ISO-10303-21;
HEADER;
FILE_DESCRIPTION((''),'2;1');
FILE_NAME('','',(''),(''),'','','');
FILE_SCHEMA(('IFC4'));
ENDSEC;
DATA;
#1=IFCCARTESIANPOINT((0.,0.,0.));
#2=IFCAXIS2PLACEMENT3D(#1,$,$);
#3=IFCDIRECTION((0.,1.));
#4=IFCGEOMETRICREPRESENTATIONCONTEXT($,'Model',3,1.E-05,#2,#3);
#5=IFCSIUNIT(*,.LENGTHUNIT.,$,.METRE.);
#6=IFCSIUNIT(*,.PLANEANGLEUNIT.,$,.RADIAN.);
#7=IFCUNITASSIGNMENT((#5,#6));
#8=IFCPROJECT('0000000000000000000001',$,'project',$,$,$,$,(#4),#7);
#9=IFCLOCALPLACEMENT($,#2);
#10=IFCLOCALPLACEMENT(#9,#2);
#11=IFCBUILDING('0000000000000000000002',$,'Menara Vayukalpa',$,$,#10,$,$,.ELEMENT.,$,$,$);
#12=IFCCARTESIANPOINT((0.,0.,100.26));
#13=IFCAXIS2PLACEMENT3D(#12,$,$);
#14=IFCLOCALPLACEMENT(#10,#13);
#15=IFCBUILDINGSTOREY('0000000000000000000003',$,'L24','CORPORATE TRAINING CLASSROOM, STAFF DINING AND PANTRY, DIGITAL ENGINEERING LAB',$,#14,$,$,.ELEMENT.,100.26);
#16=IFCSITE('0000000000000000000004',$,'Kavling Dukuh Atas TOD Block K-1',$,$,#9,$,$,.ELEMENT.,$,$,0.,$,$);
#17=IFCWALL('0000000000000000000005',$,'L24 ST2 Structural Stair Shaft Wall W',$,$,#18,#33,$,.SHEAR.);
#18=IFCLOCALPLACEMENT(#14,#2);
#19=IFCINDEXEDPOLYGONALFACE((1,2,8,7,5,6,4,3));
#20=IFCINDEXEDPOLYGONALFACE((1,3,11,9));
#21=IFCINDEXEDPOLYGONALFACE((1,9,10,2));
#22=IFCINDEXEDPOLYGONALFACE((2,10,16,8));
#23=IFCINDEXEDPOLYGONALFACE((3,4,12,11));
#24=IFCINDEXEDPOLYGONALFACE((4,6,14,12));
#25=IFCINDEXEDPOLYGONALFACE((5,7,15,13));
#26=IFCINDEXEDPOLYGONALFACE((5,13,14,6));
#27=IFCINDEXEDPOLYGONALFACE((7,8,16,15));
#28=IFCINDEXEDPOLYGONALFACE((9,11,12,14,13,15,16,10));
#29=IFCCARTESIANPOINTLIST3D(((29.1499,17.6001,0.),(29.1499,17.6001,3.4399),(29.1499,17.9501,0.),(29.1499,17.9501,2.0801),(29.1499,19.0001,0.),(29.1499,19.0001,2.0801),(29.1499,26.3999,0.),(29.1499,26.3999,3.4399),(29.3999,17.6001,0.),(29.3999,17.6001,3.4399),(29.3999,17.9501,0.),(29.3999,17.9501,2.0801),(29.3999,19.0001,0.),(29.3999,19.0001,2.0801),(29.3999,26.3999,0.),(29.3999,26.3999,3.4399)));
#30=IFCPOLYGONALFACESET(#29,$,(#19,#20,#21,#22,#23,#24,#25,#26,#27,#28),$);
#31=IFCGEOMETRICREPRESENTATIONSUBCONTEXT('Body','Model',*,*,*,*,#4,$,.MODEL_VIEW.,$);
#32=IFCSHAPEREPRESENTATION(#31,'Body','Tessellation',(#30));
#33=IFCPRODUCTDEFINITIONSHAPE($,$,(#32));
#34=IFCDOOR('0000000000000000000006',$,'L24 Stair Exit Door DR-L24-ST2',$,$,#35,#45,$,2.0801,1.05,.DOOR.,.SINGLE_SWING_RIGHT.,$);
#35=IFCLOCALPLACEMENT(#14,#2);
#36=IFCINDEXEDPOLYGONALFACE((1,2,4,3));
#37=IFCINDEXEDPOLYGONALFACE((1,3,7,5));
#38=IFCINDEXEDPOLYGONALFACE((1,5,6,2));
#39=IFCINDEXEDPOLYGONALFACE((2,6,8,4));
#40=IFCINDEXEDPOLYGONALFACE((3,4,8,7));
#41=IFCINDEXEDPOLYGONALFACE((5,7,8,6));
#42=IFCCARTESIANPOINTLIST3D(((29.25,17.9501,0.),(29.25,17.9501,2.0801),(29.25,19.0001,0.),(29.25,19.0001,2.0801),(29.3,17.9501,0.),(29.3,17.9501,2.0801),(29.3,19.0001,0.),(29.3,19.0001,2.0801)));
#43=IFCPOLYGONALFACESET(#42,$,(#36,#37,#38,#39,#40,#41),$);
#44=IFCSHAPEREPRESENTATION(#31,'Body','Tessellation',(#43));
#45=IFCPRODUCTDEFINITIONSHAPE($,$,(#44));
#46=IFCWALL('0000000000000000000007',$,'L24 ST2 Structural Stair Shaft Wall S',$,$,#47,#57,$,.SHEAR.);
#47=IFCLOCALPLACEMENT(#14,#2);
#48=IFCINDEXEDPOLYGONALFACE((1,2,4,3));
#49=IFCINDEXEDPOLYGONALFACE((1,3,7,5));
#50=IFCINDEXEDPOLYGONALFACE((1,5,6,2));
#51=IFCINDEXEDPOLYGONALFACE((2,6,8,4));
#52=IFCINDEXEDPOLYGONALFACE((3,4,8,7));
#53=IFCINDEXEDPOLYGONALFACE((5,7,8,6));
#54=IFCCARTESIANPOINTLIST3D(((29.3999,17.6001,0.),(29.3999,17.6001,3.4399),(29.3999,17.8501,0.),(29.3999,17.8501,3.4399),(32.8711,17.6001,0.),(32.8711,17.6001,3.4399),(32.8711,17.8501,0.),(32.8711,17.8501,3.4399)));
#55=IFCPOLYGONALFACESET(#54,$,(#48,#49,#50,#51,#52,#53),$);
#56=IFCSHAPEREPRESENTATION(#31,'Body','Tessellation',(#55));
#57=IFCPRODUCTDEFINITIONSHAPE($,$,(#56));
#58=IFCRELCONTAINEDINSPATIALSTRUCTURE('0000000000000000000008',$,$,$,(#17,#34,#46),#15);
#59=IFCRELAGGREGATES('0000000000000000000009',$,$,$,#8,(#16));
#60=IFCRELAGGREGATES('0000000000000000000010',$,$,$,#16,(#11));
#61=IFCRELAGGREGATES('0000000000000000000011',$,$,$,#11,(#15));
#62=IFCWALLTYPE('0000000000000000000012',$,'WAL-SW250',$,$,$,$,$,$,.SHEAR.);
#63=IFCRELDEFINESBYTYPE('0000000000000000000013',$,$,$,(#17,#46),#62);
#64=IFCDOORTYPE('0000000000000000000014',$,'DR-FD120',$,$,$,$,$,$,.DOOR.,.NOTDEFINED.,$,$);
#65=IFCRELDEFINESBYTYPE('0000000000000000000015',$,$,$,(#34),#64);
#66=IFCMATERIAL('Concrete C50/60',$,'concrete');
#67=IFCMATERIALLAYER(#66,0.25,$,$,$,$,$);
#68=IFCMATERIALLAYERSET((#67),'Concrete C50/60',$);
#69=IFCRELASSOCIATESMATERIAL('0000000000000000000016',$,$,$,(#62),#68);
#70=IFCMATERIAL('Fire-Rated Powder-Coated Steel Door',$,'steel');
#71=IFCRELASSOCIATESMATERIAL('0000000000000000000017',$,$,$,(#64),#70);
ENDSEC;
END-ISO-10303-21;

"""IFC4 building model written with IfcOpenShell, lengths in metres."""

from ifc_helpers import new_model, si_unit, direction, frame, frame_2d, origin, place, context, subcontext, project, spatial, rectangle, extrude, material, layer, layer_set, type_object, element, fill, save


model = new_model("IFC4")

# Units and contexts
model_context = context("Model", 3, precision=1e-05, world=origin(), true_north=direction((0.0, 1.0)))
body_context = subcontext(model_context, "Body", "Model", "MODEL_VIEW")
ifc_project = project(units=[si_unit("LENGTHUNIT", "METRE"), si_unit("PLANEANGLEUNIT", "RADIAN")], contexts=[model_context])

# Site, building, storey
site_placement = place(None, origin())
site = spatial("IfcSite", under=ifc_project, at=site_placement, Name="Kavling Dukuh Atas TOD Block K-1", CompositionType="ELEMENT", RefElevation=0.0)
building_placement = place(site_placement, origin())
building = spatial("IfcBuilding", under=site, at=building_placement, Name="Menara Vayukalpa", CompositionType="ELEMENT")
storey_placement = place(building_placement, frame((0.0, 0.0, 100.26)))
storey = spatial("IfcBuildingStorey", under=building, at=storey_placement, Name="L24", Description="CORPORATE TRAINING CLASSROOM, STAFF DINING AND PANTRY, DIGITAL ENGINEERING LAB", CompositionType="ELEMENT", Elevation=100.26)

# Wall, opening, door
ifc_material_1 = material(Name="Concrete C50/60", Category="concrete")
ifc_layer_1 = layer(ifc_material_1, 0.25)
ifc_layer_set_1 = layer_set([ifc_layer_1], Name="Concrete C50/60")
wall_type_1 = type_object("IfcWallType", Name="WAL-SW250", PredefinedType="SHEAR", material=ifc_layer_set_1)
wall_1_placement = place(storey_placement, frame((29.2749, 17.6001, 0.0), z_axis=(0.0, 0.0, 1.0), x_axis=(0.0, 1.0, 0.0)))
wall_1 = element("IfcWall", 1, at=wall_1_placement, inside=storey, type_object=wall_type_1, Name="L24 ST2 Structural Stair Shaft Wall W", PredefinedType="SHEAR", context=body_context, shape_type="SweptSolid", body=[
    extrude(rectangle(XDim=8.7998, YDim=0.25, at=frame_2d((4.3999, 0.0))), origin(), (0.0, 0.0, 1.0), 3.4399),
])
opening_1_placement = place(wall_1_placement, frame((0.3501, 0.0, 0.0)))
opening_1 = element("IfcOpeningElement", 2, at=opening_1_placement, cuts=wall_1, PredefinedType="OPENING", context=body_context, shape_type="SweptSolid", body=[
    extrude(rectangle(XDim=1.05, YDim=2.0801, at=frame_2d((0.5249, 1.04))), frame((0.0, 0.135, 0.0), z_axis=(0.0, -1.0, 0.0), x_axis=(1.0, 0.0, 0.0)), (0.0, 0.0, 1.0), 0.27),
])
ifc_material_2 = material(Name="Fire-Rated Powder-Coated Steel Door", Category="steel")
door_type_1 = type_object("IfcDoorType", Name="DR-FD120", OperationType="NOTDEFINED", PredefinedType="DOOR", material=ifc_material_2)
door_1_placement = place(opening_1_placement, origin())
door_1 = element("IfcDoor", 3, at=door_1_placement, inside=storey, type_object=door_type_1, Name="L24 Stair Exit Door DR-L24-ST2", OperationType="SINGLE_SWING_RIGHT", OverallHeight=2.0801, OverallWidth=1.05, PredefinedType="DOOR", context=body_context, shape_type="SweptSolid", body=[
    extrude(rectangle(XDim=1.05, YDim=2.0801, at=frame_2d((0.5249, 1.04))), frame((0.0, 0.0249, 0.0), z_axis=(0.0, -1.0, 0.0), x_axis=(1.0, 0.0, 0.0)), (0.0, 0.0, 1.0), 0.05),
])
fill(opening_1, door_1)

# Wall
wall_2_placement = place(storey_placement, frame((29.3999, 17.7251, 0.0), z_axis=(0.0, 0.0, 1.0), x_axis=(1.0, 0.0, 0.0)))
element("IfcWall", 4, at=wall_2_placement, inside=storey, type_object=wall_type_1, Name="L24 ST2 Structural Stair Shaft Wall S", PredefinedType="SHEAR", context=body_context, shape_type="SweptSolid", body=[
    extrude(rectangle(XDim=3.4712, YDim=0.25, at=frame_2d((1.7356, 0.0))), origin(), (0.0, 0.0, 1.0), 3.4399),
])

save(model, "model.ifc")
